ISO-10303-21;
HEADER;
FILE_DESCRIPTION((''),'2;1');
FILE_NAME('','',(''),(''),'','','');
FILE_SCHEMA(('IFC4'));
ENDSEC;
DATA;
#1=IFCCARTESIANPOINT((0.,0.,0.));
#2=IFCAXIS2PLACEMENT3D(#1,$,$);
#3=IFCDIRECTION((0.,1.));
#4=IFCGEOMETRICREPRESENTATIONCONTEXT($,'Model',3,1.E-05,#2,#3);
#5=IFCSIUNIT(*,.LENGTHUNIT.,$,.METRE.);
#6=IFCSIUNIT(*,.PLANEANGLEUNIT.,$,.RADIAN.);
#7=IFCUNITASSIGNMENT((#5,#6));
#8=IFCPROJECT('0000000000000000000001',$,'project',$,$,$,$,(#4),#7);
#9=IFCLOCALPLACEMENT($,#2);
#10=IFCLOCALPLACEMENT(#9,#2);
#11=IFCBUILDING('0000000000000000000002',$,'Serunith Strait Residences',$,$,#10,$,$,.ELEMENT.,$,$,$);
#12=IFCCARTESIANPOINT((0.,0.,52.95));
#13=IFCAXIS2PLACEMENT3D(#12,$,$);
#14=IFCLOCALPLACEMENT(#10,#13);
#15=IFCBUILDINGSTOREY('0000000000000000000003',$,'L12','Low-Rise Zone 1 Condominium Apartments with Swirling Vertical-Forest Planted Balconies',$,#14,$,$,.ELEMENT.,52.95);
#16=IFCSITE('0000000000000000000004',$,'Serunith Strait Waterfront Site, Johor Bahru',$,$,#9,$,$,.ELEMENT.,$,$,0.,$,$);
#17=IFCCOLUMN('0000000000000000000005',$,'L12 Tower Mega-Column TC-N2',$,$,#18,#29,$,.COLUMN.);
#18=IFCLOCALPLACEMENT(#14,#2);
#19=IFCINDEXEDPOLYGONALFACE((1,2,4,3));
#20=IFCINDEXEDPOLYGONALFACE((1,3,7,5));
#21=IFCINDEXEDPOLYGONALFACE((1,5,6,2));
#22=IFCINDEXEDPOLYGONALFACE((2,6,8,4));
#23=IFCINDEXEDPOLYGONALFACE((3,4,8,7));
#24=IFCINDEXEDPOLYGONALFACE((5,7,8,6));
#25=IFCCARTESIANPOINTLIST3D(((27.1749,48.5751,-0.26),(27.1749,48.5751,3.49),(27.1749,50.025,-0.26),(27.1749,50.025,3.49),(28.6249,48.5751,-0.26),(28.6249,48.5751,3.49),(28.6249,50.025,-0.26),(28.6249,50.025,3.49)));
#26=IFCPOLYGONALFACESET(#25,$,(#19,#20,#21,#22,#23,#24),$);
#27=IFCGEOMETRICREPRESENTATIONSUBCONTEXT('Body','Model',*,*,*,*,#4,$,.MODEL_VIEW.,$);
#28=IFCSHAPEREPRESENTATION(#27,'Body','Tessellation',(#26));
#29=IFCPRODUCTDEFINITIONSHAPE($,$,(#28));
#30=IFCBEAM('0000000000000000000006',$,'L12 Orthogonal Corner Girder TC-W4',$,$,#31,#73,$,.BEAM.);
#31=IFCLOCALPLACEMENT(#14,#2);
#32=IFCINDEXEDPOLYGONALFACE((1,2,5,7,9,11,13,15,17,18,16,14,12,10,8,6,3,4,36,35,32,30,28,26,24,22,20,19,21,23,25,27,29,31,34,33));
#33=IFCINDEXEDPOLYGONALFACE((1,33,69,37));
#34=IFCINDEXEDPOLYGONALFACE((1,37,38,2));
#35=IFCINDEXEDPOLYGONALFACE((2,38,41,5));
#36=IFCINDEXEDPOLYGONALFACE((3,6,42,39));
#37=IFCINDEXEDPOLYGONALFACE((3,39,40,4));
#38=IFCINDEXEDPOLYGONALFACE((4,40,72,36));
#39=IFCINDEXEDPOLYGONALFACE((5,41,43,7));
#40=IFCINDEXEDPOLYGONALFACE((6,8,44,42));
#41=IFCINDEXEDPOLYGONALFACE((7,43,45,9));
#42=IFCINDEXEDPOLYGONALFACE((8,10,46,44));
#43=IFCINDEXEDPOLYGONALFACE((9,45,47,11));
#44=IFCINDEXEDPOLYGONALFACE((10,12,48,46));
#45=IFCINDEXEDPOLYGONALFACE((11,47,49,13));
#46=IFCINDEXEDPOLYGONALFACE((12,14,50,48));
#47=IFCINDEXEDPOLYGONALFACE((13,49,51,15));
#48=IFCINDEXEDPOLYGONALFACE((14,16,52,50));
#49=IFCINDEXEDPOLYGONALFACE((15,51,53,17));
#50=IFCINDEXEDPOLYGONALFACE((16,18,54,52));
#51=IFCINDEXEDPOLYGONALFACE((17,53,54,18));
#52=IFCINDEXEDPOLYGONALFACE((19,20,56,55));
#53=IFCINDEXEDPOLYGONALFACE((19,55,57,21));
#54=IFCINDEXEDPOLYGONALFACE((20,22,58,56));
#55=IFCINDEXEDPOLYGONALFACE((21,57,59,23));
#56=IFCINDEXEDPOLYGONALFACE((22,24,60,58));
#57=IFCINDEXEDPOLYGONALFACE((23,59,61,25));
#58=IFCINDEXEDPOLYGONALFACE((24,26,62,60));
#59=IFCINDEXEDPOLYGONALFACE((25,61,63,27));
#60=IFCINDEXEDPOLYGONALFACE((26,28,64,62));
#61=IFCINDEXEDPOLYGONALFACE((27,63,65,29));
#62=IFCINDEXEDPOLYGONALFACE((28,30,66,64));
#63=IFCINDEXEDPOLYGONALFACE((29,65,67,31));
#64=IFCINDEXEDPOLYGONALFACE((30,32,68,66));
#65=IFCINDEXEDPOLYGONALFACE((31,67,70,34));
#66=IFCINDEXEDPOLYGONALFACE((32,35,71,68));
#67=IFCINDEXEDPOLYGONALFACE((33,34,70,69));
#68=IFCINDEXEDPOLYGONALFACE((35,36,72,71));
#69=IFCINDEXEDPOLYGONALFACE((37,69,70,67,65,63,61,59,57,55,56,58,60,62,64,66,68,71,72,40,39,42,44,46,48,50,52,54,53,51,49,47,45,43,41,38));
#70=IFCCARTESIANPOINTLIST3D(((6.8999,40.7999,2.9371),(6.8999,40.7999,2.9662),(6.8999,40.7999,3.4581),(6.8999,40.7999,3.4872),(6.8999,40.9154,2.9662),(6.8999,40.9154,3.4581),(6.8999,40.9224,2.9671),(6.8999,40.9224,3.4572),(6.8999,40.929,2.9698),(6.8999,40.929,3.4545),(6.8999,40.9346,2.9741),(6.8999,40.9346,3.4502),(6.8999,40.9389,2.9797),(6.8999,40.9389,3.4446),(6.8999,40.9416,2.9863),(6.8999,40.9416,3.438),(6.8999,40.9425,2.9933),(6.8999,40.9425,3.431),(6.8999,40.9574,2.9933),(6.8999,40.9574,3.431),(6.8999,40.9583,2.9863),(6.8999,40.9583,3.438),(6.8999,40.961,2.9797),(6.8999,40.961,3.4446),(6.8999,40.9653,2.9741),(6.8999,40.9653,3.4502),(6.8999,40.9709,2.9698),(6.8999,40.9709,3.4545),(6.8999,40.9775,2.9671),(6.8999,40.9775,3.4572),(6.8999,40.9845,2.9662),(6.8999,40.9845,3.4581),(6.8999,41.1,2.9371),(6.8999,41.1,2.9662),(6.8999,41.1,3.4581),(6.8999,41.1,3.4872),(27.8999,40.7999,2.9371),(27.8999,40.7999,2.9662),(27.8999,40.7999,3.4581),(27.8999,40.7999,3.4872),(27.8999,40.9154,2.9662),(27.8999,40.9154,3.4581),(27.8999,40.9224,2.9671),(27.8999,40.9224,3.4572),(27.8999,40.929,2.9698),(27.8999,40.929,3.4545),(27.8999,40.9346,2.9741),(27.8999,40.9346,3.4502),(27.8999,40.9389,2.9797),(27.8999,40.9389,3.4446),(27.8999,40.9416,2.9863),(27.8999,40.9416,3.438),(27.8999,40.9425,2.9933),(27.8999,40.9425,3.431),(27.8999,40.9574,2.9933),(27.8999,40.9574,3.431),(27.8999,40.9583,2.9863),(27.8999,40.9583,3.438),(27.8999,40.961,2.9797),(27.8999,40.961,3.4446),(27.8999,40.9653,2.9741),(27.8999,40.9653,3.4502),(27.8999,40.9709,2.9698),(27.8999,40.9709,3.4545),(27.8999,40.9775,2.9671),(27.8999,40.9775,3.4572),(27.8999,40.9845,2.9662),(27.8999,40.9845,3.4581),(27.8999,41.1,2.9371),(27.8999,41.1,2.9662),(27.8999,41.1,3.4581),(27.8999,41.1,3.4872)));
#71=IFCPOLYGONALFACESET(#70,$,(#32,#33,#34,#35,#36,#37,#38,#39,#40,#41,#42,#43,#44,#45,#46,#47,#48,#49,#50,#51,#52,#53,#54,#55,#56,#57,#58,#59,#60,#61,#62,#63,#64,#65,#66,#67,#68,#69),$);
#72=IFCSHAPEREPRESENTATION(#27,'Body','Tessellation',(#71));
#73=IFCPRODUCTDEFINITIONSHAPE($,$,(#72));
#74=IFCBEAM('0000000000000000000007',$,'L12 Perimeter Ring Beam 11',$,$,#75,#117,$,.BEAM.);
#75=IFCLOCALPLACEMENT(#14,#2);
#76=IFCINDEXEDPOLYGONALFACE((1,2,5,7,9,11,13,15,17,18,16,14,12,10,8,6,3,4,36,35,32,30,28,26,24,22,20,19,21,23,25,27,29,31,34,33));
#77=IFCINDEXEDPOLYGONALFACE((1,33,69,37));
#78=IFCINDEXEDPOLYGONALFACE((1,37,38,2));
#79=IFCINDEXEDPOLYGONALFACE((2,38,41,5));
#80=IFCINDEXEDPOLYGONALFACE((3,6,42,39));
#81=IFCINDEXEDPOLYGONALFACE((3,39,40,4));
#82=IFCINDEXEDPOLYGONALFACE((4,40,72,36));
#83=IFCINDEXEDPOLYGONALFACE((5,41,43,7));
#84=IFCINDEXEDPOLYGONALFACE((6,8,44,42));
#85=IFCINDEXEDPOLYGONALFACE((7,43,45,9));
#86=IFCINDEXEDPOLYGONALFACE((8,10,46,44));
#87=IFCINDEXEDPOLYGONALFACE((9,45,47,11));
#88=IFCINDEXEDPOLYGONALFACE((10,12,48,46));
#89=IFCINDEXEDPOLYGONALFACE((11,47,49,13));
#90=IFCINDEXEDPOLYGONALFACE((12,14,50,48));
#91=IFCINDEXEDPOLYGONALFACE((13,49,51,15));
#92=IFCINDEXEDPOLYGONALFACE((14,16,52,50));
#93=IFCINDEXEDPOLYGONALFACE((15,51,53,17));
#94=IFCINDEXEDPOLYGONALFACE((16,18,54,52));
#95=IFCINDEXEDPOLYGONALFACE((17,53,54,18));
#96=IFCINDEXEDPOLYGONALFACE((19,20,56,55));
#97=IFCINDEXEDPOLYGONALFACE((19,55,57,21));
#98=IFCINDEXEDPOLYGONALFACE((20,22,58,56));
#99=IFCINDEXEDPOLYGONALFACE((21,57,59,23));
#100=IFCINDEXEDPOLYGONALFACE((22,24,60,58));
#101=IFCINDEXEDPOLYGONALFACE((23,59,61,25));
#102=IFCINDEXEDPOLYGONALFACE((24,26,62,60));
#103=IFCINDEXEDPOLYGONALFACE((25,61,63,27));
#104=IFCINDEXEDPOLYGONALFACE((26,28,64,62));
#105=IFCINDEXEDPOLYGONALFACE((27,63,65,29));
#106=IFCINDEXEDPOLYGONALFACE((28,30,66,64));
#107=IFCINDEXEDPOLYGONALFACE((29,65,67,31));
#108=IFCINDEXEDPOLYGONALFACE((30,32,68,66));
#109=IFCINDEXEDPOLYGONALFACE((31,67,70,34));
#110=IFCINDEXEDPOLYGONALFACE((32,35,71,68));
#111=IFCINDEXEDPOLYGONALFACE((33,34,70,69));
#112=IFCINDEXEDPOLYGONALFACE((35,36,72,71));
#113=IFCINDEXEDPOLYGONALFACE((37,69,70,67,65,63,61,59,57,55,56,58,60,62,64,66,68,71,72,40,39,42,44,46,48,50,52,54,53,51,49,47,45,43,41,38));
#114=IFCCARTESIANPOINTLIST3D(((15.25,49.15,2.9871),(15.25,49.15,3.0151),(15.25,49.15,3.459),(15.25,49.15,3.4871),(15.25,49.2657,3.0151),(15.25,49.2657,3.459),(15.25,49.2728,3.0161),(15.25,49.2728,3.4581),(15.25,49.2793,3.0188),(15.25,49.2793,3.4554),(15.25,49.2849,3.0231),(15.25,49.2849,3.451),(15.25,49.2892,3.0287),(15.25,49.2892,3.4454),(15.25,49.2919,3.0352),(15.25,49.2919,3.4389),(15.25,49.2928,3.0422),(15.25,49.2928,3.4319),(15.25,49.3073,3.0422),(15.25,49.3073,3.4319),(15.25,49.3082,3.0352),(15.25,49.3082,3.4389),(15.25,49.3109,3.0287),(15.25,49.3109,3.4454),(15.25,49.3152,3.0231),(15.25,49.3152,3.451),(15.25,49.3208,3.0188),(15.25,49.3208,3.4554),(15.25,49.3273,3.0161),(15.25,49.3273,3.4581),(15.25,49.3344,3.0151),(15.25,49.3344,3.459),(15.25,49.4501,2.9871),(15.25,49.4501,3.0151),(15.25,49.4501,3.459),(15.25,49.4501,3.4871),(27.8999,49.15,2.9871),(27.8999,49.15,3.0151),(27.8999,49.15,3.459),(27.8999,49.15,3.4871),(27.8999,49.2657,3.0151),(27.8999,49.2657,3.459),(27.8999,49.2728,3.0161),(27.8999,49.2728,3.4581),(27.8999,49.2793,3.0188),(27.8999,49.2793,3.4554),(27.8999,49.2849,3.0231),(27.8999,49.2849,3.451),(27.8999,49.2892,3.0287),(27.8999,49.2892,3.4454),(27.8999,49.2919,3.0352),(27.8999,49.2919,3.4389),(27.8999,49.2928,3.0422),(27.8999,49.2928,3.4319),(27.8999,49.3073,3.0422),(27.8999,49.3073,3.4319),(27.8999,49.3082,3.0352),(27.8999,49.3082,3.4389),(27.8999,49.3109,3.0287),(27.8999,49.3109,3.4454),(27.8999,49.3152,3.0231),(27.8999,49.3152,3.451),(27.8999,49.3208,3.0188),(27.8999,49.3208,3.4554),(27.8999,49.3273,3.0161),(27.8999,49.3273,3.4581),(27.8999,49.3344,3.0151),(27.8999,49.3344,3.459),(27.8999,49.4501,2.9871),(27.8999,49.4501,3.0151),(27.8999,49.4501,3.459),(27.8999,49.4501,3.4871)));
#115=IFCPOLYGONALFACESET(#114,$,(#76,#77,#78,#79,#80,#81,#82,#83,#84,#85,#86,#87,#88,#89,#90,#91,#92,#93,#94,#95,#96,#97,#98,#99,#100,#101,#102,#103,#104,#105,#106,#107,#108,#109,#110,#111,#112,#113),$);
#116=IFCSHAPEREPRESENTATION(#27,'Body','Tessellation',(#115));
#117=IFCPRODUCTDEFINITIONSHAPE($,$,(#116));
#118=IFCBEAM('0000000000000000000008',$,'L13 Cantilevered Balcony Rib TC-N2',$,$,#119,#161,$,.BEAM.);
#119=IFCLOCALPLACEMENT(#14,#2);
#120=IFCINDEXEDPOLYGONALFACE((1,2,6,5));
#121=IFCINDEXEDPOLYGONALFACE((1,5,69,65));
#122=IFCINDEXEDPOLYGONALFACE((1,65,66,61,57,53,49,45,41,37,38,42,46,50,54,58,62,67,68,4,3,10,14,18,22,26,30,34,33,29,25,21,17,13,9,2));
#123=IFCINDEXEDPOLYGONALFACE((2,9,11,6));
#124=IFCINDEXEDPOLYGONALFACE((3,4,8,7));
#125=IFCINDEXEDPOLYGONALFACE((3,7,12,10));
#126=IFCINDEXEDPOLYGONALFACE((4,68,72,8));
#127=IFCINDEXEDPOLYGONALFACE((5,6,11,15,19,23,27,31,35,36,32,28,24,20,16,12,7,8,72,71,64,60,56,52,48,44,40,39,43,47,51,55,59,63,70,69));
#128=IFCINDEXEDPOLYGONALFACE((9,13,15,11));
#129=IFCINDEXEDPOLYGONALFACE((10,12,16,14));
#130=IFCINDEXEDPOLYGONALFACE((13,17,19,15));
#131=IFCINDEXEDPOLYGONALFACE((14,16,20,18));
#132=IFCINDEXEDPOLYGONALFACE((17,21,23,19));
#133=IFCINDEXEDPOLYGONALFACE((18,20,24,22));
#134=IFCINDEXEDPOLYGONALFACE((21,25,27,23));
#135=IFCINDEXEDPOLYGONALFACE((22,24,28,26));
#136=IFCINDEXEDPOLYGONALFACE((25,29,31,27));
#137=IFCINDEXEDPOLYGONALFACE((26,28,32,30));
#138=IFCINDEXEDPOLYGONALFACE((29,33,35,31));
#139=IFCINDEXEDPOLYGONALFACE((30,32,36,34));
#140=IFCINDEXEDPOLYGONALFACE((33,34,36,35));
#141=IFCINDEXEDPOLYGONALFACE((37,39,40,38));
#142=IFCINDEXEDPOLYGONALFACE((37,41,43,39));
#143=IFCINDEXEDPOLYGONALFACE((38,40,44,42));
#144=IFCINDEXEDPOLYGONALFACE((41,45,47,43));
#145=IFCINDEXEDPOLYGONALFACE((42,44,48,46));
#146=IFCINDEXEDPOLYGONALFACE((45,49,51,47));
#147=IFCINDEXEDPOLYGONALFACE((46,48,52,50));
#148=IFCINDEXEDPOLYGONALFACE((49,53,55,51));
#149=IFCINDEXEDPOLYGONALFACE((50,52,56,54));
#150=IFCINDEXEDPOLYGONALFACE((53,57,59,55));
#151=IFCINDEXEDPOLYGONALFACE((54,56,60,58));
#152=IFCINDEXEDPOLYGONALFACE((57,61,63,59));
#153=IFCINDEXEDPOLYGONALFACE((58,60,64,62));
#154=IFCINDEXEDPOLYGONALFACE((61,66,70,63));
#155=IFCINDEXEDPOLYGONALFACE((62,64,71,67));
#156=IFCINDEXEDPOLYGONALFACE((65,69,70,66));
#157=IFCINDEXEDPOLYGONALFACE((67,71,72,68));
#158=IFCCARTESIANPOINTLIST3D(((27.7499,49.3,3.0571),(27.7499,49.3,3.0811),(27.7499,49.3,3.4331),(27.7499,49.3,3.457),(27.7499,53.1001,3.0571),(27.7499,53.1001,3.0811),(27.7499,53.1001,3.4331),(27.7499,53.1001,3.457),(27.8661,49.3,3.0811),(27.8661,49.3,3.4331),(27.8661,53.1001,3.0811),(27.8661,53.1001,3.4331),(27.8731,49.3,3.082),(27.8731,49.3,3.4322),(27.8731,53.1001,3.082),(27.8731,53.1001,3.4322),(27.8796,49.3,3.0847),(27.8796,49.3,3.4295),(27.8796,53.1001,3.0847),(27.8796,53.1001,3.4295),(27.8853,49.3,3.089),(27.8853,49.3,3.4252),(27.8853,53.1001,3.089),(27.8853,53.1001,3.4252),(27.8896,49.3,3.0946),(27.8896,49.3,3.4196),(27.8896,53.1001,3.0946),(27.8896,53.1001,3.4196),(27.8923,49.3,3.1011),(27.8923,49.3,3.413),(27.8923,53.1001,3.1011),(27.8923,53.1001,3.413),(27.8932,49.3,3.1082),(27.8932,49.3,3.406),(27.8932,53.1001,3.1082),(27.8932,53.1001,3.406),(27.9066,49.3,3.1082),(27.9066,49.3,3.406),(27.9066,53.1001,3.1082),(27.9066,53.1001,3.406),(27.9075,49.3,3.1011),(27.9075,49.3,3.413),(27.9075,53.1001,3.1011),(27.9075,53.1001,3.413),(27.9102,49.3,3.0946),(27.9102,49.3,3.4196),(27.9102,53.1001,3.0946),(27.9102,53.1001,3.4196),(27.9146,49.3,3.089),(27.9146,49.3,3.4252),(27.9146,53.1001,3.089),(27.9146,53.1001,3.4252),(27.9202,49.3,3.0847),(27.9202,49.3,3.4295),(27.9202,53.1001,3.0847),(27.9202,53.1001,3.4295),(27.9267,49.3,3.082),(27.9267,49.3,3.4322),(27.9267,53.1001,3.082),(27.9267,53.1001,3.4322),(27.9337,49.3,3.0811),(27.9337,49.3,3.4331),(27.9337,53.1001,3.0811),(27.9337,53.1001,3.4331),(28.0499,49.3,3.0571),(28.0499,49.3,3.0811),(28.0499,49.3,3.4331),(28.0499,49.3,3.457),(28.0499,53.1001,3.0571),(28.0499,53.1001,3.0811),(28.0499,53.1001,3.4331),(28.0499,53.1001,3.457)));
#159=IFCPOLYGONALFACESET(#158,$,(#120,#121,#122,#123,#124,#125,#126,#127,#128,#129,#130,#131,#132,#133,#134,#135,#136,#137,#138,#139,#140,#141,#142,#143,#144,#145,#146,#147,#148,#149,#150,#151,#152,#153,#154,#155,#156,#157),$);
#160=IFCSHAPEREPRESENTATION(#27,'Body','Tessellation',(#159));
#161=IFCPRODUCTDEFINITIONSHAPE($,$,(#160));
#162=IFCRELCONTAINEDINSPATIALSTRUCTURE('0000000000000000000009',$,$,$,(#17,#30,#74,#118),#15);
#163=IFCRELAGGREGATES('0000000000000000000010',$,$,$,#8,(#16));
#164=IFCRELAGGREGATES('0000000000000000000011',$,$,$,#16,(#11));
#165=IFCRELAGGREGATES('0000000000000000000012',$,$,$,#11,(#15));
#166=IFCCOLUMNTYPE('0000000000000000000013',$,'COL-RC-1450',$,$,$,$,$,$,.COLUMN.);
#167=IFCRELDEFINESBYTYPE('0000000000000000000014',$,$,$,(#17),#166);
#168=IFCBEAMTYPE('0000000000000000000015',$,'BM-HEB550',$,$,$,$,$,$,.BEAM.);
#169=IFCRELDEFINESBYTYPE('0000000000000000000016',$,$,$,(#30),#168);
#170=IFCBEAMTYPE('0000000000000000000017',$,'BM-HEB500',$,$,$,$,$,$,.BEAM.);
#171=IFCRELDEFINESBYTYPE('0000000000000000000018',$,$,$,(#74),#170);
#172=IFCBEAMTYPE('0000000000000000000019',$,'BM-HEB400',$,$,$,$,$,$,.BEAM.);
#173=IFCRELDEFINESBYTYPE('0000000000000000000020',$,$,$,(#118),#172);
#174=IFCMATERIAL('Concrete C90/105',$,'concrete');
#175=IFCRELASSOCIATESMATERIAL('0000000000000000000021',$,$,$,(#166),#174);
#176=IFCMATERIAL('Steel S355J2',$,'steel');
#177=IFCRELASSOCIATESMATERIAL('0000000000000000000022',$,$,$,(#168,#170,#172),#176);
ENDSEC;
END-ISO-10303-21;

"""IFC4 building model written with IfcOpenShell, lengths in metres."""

from ifc_helpers import new_model, si_unit, direction, frame, origin, origin_2d, place, context, subcontext, project, spatial, rectangle, i_section, extrude, source, transform, mapped, material, material_profile, profile_set, type_object, element, save


model = new_model("IFC4")

# Units and contexts
model_context = context("Model", 3, precision=1e-05, world=origin(), true_north=direction((0.0, 1.0)))
body_context = subcontext(model_context, "Body", "Model", "MODEL_VIEW")
ifc_project = project(units=[si_unit("LENGTHUNIT", "METRE"), si_unit("PLANEANGLEUNIT", "RADIAN")], contexts=[model_context])

# Site, building, storey
site_placement = place(None, origin())
site = spatial("IfcSite", under=ifc_project, at=site_placement, Name="Serunith Strait Waterfront Site, Johor Bahru", CompositionType="ELEMENT", RefElevation=0.0)
building_placement = place(site_placement, origin())
building = spatial("IfcBuilding", under=site, at=building_placement, Name="Serunith Strait Residences", CompositionType="ELEMENT")
storey_placement = place(building_placement, frame((0.0, 0.0, 52.95)))
storey = spatial("IfcBuildingStorey", under=building, at=storey_placement, Name="L12", Description="Low-Rise Zone 1 Condominium Apartments with Swirling Vertical-Forest Planted Balconies", CompositionType="ELEMENT", Elevation=52.95)

# Column
ifc_material_1 = material(Name="Concrete C90/105", Category="concrete")
ifc_material_profile_1 = material_profile(ifc_material_1, rectangle(XDim=1.45, YDim=1.45, at=origin_2d()), Name="RC 1450x1450")
ifc_profile_set_1 = profile_set([ifc_material_profile_1], Name="Concrete C90/105")
column_type = type_object("IfcColumnType", Name="COL-RC-1450", PredefinedType="COLUMN", material=ifc_profile_set_1)
shared_shape_1 = source(origin(), body_context, "Body", "SweptSolid", [
    extrude(rectangle(XDim=1.45, YDim=1.45, at=origin_2d()), origin(), (0.0, 0.0, 1.0), 3.75),
])
column_placement = place(storey_placement, frame((27.8999, 49.3, -0.26), z_axis=(0.0, 0.0, 1.0), x_axis=(1.0, 0.0, 0.0)))
element("IfcColumn", 1, at=column_placement, inside=storey, type_object=column_type, Name="L12 Tower Mega-Column TC-N2", PredefinedType="COLUMN", context=body_context, shape_type="MappedRepresentation", body=[
    mapped(shared_shape_1, transform((0.0, 0.0, 0.0), scale=1.0)),
])

# Beams
ifc_material_2 = material(Name="Steel S355J2", Category="steel")
ifc_material_profile_2 = material_profile(ifc_material_2, i_section(OverallWidth=0.3, OverallDepth=0.55, WebThickness=0.0149, FlangeThickness=0.0291, FilletRadius=0.0271, at=origin_2d()), Name="HEB 550")
ifc_profile_set_2 = profile_set([ifc_material_profile_2], Name="Steel S355J2")
beam_type_1 = type_object("IfcBeamType", Name="BM-HEB550", PredefinedType="BEAM", material=ifc_profile_set_2)
shared_shape_2 = source(origin(), body_context, "Body", "SweptSolid", [
    extrude(i_section(OverallWidth=0.3, OverallDepth=0.55, WebThickness=0.0149, FlangeThickness=0.0291, FilletRadius=0.0271, at=origin_2d()), origin(), (0.0, 0.0, 1.0), 21.0),
])
beam_1_placement = place(storey_placement, frame((27.8999, 40.95, 3.2122), z_axis=(-1.0, 0.0, 0.0), x_axis=(0.0, -1.0, 0.0)))
element("IfcBeam", 2, at=beam_1_placement, inside=storey, type_object=beam_type_1, Name="L12 Orthogonal Corner Girder TC-W4", PredefinedType="BEAM", context=body_context, shape_type="MappedRepresentation", body=[
    mapped(shared_shape_2, transform((0.0, 0.0, 0.0), scale=1.0)),
])
ifc_material_profile_3 = material_profile(ifc_material_2, i_section(OverallWidth=0.3, OverallDepth=0.5, WebThickness=0.0144, FlangeThickness=0.0281, FilletRadius=0.0271, at=origin_2d()), Name="HEB 500")
ifc_profile_set_3 = profile_set([ifc_material_profile_3], Name="Steel S355J2")
beam_type_2 = type_object("IfcBeamType", Name="BM-HEB500", PredefinedType="BEAM", material=ifc_profile_set_3)
shared_shape_3 = source(origin(), body_context, "Body", "SweptSolid", [
    extrude(i_section(OverallWidth=0.3, OverallDepth=0.5, WebThickness=0.0144, FlangeThickness=0.0281, FilletRadius=0.0271, at=origin_2d()), origin(), (0.0, 0.0, 1.0), 12.6499),
])
beam_2_placement = place(storey_placement, frame((27.8999, 49.3, 3.2371), z_axis=(-1.0, 0.0, 0.0), x_axis=(0.0, -1.0, 0.0)))
element("IfcBeam", 3, at=beam_2_placement, inside=storey, type_object=beam_type_2, Name="L12 Perimeter Ring Beam 11", PredefinedType="BEAM", context=body_context, shape_type="MappedRepresentation", body=[
    mapped(shared_shape_3, transform((0.0, 0.0, 0.0), scale=1.0)),
])
ifc_material_profile_4 = material_profile(ifc_material_2, i_section(OverallWidth=0.3, OverallDepth=0.3999, WebThickness=0.0134, FlangeThickness=0.0239, FilletRadius=0.0271, at=origin_2d()), Name="HEB 400")
ifc_profile_set_4 = profile_set([ifc_material_profile_4], Name="Steel S355J2")
beam_type_3 = type_object("IfcBeamType", Name="BM-HEB400", PredefinedType="BEAM", material=ifc_profile_set_4)
shared_shape_4 = source(origin(), body_context, "Body", "SweptSolid", [
    extrude(i_section(OverallWidth=0.3, OverallDepth=0.3999, WebThickness=0.0134, FlangeThickness=0.0239, FilletRadius=0.0271, at=origin_2d()), origin(), (0.0, 0.0, 1.0), 3.8),
])
beam_3_placement = place(storey_placement, frame((27.8999, 49.3, 3.2571), z_axis=(0.0, 1.0, 0.0), x_axis=(-1.0, 0.0, 0.0)))
element("IfcBeam", 4, at=beam_3_placement, inside=storey, type_object=beam_type_3, Name="L13 Cantilevered Balcony Rib TC-N2", PredefinedType="BEAM", context=body_context, shape_type="MappedRepresentation", body=[
    mapped(shared_shape_4, transform((0.0, 0.0, 0.0), scale=1.0)),
])

save(model, "model.ifc")
